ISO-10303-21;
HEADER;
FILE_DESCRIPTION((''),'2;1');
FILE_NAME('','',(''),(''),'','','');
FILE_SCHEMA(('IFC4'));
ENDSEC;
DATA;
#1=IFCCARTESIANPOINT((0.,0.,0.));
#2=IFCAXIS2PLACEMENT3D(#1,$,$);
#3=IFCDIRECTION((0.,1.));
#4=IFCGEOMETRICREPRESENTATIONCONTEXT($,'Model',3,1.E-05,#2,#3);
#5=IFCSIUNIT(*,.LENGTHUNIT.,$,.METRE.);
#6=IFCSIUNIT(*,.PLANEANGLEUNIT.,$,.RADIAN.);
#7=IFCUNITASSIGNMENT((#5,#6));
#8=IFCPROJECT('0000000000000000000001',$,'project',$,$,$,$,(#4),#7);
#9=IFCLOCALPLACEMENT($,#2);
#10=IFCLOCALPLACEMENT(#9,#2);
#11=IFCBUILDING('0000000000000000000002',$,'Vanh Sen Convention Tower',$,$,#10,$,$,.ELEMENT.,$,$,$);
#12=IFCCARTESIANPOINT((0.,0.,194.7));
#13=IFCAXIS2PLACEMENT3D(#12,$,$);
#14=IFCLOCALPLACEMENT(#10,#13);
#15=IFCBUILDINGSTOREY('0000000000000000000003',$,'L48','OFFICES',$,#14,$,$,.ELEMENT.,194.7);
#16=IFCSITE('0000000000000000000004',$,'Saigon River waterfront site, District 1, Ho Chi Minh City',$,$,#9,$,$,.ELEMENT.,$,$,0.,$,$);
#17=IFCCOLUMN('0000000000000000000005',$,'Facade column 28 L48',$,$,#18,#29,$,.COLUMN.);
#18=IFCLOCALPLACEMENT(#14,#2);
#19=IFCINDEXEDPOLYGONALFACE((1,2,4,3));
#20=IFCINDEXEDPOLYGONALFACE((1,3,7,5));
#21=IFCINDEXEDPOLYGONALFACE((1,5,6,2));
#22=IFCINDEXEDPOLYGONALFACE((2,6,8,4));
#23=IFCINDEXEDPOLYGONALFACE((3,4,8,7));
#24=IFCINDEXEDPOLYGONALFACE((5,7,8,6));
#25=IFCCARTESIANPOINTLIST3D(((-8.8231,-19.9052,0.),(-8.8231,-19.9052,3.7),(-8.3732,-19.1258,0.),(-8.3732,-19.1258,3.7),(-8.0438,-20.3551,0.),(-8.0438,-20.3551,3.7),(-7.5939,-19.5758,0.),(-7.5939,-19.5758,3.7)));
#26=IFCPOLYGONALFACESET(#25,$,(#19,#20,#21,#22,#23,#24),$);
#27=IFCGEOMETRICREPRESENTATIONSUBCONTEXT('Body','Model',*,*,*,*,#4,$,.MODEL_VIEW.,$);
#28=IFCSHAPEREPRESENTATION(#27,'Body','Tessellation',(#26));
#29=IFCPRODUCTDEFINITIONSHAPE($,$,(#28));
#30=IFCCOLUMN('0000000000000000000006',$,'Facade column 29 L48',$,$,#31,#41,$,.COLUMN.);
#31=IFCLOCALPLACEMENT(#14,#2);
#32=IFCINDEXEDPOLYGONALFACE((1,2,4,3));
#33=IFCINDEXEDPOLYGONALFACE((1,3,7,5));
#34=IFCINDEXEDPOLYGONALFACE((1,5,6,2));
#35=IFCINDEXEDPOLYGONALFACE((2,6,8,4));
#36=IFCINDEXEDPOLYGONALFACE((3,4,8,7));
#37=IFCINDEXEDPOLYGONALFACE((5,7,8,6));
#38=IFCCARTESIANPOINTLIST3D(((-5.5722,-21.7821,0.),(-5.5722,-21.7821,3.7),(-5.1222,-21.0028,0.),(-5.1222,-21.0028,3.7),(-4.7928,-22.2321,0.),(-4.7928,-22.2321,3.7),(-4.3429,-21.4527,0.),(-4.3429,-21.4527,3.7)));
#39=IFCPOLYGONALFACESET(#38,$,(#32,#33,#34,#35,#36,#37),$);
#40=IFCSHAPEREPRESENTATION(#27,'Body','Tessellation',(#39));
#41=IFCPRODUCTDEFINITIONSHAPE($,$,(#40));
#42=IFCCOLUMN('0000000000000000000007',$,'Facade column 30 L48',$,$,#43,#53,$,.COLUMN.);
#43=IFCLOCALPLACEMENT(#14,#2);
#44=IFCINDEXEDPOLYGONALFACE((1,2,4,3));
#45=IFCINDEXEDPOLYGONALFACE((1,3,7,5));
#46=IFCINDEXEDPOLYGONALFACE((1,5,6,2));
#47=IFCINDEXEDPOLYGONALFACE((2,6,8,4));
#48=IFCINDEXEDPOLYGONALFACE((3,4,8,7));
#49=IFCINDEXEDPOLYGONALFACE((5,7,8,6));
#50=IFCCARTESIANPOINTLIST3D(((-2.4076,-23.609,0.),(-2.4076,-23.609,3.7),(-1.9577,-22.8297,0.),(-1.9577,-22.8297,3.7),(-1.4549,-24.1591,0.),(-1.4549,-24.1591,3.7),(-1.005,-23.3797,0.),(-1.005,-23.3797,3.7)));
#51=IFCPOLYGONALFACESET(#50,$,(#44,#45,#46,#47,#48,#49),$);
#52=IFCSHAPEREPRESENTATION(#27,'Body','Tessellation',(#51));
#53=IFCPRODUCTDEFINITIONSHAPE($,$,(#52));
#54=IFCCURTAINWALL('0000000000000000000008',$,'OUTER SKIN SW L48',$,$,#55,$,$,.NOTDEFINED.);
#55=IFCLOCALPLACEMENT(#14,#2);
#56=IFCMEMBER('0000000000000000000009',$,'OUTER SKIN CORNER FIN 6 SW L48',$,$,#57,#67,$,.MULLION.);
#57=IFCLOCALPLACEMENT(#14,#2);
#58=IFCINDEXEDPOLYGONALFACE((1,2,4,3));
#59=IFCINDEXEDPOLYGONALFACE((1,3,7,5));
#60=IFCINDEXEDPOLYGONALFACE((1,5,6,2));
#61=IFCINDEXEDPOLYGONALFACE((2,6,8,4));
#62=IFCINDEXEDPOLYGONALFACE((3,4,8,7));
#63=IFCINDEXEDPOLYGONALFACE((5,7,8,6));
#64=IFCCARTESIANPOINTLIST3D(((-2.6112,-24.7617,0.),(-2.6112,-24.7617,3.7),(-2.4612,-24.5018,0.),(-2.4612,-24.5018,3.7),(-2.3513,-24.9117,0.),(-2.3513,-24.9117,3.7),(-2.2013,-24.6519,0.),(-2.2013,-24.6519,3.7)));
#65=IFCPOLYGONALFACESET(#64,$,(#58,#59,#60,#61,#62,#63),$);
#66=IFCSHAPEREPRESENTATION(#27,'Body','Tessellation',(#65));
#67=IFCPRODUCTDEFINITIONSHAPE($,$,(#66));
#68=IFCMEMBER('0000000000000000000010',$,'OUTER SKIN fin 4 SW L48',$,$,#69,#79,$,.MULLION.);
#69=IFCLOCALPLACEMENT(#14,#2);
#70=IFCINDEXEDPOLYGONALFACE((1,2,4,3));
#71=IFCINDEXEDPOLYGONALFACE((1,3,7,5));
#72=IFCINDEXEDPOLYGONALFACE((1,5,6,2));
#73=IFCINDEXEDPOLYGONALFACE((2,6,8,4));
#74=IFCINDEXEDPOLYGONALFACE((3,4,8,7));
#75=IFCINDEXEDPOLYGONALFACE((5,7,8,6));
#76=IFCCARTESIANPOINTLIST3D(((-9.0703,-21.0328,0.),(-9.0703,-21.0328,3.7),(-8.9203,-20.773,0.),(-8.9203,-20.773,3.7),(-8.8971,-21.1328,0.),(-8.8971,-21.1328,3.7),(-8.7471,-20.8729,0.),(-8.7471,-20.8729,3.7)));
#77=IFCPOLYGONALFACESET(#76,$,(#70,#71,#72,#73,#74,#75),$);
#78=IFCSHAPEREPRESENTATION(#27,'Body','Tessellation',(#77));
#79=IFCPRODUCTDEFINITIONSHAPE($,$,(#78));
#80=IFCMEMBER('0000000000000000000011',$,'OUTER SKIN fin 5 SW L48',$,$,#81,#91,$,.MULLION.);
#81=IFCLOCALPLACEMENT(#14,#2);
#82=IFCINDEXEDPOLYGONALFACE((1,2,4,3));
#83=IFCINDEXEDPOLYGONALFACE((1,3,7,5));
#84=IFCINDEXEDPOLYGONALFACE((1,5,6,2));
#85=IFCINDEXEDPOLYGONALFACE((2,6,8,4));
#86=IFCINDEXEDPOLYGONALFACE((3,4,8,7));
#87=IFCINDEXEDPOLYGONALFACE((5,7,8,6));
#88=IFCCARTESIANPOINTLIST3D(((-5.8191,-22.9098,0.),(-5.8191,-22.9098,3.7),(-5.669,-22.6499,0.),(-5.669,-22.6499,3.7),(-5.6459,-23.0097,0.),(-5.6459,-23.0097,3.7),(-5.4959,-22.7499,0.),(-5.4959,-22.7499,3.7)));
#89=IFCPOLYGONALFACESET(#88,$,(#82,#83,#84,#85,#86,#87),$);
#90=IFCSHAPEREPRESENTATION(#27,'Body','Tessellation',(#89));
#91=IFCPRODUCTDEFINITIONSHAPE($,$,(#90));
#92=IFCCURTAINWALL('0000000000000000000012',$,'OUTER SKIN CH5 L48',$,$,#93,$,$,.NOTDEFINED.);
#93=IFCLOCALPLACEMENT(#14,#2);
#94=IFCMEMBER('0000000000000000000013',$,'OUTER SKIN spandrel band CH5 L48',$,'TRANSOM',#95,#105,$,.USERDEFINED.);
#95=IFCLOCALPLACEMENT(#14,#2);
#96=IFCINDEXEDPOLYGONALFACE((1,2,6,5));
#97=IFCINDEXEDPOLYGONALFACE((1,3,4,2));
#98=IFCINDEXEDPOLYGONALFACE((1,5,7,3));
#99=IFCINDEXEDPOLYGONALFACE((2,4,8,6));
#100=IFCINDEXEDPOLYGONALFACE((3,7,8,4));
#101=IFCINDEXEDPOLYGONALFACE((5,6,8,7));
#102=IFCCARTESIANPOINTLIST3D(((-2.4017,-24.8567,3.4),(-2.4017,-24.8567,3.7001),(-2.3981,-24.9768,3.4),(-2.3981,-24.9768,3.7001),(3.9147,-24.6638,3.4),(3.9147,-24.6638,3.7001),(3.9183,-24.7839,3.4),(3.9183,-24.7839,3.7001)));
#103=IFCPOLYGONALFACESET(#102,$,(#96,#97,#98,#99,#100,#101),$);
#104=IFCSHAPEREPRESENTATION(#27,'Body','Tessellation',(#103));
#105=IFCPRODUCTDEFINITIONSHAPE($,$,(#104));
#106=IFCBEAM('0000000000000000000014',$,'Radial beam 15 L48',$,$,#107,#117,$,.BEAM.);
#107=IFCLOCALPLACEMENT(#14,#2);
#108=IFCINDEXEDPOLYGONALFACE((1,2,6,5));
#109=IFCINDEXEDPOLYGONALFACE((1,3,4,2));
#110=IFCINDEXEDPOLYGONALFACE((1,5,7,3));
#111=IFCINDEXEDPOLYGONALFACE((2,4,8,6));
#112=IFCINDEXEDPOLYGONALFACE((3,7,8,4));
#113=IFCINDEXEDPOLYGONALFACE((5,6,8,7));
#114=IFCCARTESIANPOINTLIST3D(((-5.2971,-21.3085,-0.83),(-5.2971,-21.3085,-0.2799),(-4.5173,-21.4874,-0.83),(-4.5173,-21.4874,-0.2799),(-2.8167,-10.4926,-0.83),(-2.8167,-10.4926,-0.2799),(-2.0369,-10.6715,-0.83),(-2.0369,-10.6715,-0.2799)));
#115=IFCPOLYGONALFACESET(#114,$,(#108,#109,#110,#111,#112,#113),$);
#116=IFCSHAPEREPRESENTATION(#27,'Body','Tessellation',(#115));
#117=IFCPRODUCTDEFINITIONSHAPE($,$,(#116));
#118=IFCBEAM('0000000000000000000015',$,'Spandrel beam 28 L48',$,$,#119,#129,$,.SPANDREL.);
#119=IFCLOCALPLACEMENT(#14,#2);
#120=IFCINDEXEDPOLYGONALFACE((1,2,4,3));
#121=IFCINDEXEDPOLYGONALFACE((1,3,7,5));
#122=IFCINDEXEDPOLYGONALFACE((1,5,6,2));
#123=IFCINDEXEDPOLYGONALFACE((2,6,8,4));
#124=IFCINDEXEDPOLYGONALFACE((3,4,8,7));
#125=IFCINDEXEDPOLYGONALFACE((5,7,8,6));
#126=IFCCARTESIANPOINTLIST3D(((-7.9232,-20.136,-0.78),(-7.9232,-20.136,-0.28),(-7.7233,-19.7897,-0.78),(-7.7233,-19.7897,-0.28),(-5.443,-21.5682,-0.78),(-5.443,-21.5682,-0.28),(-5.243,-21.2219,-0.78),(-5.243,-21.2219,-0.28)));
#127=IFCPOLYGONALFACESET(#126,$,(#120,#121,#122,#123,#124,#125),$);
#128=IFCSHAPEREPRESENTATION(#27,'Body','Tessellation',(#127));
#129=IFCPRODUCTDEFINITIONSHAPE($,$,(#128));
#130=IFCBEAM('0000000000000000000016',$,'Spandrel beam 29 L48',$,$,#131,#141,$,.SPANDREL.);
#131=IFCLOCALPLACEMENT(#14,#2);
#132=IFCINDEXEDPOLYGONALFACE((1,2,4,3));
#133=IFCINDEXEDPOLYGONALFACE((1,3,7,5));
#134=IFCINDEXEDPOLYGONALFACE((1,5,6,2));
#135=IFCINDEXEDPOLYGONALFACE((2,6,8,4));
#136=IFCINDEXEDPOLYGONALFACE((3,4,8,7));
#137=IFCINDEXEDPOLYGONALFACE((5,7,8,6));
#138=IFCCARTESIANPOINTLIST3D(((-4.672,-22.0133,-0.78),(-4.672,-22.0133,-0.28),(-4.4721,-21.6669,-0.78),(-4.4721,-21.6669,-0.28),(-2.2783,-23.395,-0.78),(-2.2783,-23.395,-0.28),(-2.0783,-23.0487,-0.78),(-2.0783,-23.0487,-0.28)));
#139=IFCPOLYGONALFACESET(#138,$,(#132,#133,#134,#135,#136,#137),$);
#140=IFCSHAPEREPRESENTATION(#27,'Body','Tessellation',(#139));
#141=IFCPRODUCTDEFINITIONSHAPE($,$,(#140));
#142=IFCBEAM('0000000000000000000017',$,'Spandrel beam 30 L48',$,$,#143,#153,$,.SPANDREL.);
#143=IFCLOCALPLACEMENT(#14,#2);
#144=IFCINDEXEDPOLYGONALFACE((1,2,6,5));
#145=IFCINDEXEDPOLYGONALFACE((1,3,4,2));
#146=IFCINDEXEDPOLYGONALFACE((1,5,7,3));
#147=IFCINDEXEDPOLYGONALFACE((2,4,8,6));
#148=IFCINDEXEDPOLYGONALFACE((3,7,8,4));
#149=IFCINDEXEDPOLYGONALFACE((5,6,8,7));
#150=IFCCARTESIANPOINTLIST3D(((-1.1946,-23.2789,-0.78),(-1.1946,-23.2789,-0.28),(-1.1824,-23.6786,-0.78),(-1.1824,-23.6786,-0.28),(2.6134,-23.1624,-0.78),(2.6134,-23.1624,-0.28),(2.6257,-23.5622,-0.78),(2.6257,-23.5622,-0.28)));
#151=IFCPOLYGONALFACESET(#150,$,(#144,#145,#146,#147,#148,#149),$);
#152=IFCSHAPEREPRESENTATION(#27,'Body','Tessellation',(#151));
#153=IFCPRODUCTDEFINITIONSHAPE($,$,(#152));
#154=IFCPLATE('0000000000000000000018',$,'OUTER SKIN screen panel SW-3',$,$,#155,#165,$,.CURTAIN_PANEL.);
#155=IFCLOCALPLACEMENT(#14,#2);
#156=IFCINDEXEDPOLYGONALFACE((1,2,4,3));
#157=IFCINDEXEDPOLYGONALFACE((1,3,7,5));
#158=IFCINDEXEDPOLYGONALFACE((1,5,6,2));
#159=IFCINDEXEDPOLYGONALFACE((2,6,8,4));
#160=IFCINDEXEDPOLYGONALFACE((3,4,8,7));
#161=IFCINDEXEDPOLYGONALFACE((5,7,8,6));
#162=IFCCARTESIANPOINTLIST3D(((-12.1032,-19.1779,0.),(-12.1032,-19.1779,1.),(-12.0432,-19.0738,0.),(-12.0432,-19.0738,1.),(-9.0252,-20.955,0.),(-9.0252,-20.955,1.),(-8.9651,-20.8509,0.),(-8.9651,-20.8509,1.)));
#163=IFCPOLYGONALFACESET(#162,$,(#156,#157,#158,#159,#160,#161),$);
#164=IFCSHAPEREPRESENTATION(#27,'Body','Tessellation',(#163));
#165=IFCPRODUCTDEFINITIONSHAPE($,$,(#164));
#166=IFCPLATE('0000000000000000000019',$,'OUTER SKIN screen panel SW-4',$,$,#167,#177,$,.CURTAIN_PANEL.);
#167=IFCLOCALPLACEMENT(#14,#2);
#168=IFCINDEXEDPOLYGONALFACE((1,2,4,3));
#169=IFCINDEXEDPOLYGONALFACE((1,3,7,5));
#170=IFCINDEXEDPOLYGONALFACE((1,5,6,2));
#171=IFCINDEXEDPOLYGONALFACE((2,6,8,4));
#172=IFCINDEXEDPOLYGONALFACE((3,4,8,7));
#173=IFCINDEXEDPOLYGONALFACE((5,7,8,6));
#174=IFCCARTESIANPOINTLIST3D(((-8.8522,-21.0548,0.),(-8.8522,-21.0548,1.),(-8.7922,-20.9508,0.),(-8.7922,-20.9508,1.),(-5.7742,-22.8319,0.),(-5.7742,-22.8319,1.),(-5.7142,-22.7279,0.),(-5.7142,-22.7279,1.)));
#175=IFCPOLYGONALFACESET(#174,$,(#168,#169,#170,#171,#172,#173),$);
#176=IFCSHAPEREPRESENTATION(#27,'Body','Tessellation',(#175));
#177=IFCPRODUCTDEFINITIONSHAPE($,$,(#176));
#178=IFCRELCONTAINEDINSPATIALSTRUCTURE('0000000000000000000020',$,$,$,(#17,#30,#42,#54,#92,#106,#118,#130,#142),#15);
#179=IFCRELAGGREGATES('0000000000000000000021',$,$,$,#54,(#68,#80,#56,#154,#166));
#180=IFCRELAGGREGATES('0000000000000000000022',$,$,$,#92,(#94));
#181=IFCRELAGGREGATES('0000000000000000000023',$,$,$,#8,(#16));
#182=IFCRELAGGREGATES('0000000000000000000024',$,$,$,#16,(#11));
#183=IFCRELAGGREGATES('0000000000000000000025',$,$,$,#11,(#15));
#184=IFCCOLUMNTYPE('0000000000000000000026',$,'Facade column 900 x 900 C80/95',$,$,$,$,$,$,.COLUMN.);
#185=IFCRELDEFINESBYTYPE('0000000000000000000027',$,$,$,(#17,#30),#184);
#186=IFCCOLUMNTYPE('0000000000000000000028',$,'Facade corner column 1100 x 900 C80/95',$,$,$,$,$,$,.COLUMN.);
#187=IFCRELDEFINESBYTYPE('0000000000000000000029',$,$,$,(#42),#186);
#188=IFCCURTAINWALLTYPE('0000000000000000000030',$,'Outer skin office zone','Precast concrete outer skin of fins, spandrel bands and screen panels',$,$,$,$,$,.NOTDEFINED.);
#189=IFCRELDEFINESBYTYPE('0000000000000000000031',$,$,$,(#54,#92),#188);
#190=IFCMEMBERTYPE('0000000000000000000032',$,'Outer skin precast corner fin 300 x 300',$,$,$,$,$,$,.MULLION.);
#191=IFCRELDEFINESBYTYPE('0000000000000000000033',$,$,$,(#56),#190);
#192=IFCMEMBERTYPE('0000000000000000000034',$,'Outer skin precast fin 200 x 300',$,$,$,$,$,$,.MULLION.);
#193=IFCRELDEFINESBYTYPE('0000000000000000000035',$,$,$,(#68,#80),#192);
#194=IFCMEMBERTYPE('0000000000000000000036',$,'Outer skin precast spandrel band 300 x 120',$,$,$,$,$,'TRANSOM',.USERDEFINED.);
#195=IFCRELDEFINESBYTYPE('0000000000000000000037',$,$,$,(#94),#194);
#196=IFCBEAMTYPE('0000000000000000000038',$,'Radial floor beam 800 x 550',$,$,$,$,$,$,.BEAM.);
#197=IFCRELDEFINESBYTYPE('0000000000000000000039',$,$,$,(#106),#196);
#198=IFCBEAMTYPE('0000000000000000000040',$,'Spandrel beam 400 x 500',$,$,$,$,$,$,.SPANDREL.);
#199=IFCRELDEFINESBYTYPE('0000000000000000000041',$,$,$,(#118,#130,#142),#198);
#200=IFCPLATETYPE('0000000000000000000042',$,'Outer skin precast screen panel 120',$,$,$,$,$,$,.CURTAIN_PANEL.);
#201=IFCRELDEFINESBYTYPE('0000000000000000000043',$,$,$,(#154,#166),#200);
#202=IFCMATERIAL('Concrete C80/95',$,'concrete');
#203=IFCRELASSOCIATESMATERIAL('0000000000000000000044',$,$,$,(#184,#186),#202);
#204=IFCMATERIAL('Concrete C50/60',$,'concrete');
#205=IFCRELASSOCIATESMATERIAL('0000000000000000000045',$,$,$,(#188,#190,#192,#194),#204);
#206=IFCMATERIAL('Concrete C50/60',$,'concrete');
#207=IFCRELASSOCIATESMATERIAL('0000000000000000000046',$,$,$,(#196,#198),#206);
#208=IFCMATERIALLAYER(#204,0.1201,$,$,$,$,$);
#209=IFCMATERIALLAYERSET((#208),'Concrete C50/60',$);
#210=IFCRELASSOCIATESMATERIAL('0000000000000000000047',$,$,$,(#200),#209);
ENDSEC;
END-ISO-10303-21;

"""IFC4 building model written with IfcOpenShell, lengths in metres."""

from ifc_helpers import new_model, si_unit, direction, frame, origin, origin_2d, place, context, subcontext, project, spatial, rectangle, extrude, material, layer, layer_set, material_profile, profile_set, type_object, element, aggregate, save


model = new_model("IFC4")

# Units and contexts
model_context = context("Model", 3, precision=1e-05, world=origin(), true_north=direction((0.0, 1.0)))
body_context = subcontext(model_context, "Body", "Model", "MODEL_VIEW")
ifc_project = project(units=[si_unit("LENGTHUNIT", "METRE"), si_unit("PLANEANGLEUNIT", "RADIAN")], contexts=[model_context])

# Site, building, storey
site_placement = place(None, origin())
site = spatial("IfcSite", under=ifc_project, at=site_placement, Name="Saigon River waterfront site, District 1, Ho Chi Minh City", CompositionType="ELEMENT", RefElevation=0.0)
building_placement = place(site_placement, origin())
building = spatial("IfcBuilding", under=site, at=building_placement, Name="Vanh Sen Convention Tower", CompositionType="ELEMENT")
storey_placement = place(building_placement, frame((0.0, 0.0, 194.7)))
storey = spatial("IfcBuildingStorey", under=building, at=storey_placement, Name="L48", Description="OFFICES", CompositionType="ELEMENT", Elevation=194.7)

# Columns
ifc_material_1 = material(Name="Concrete C80/95", Category="concrete")
ifc_material_profile_1 = material_profile(ifc_material_1, rectangle(XDim=0.8999, YDim=0.8999, at=origin_2d()), Name="RC 900X900")
ifc_profile_set_1 = profile_set([ifc_material_profile_1], Name="Concrete C80/95")
column_type_1 = type_object("IfcColumnType", Name="Facade column 900 x 900 C80/95", PredefinedType="COLUMN", material=ifc_profile_set_1)
for number, where, z_axis, x_axis, name in (
    (1, (-8.2085, -19.7405, 0.0), (0.0, 0.0, 1.0), (0.866025, -0.5, 0.0), "Facade column 28 L48"),
    (2, (-4.9575, -21.6174, 0.0), (0.0, 0.0, 1.0), (0.866025, -0.5, 0.0), "Facade column 29 L48"),
):
    element("IfcColumn", number, at=place(storey_placement, frame(where, z_axis=z_axis, x_axis=x_axis)), inside=storey, type_object=column_type_1, Name=name, PredefinedType="COLUMN", context=body_context, shape_type="SweptSolid", body=[
        extrude(rectangle(XDim=0.8999, YDim=0.8999, at=origin_2d()), origin(), (0.0, 0.0, 1.0), 3.7),
    ])
ifc_material_profile_2 = material_profile(ifc_material_1, rectangle(XDim=1.1001, YDim=0.8999, at=origin_2d()), Name="RC 1100X900")
ifc_profile_set_2 = profile_set([ifc_material_profile_2], Name="Concrete C80/95")
column_type_2 = type_object("IfcColumnType", Name="Facade corner column 1100 x 900 C80/95", PredefinedType="COLUMN", material=ifc_profile_set_2)
column_placement = place(storey_placement, frame((-1.7063, -23.4944, 0.0), z_axis=(0.0, 0.0, 1.0), x_axis=(0.866025, -0.5, 0.0)))
element("IfcColumn", 3, at=column_placement, inside=storey, type_object=column_type_2, Name="Facade column 30 L48", PredefinedType="COLUMN", context=body_context, shape_type="SweptSolid", body=[
    extrude(rectangle(XDim=1.1001, YDim=0.8999, at=origin_2d()), origin(), (0.0, 0.0, 1.0), 3.7),
])

# Curtain wall, members
ifc_material_2 = material(Name="Concrete C50/60", Category="concrete")
curtain_wall_type = type_object("IfcCurtainWallType", Name="Outer skin office zone", Description="Precast concrete outer skin of fins, spandrel bands and screen panels", PredefinedType="NOTDEFINED", material=ifc_material_2)
curtain_wall_1_placement = place(storey_placement, origin())
curtain_wall_1 = element("IfcCurtainWall", 4, at=curtain_wall_1_placement, inside=storey, type_object=curtain_wall_type, Name="OUTER SKIN SW L48", PredefinedType="NOTDEFINED")
ifc_material_profile_3 = material_profile(ifc_material_2, rectangle(XDim=0.3, YDim=0.3, at=origin_2d()), Name="Outer skin precast corner fin 300 x 300")
ifc_profile_set_3 = profile_set([ifc_material_profile_3], Name="Concrete C50/60")
member_type_1 = type_object("IfcMemberType", Name="Outer skin precast corner fin 300 x 300", PredefinedType="MULLION", material=ifc_profile_set_3)
member_1_placement = place(storey_placement, frame((-2.4062, -24.7068, 0.0), z_axis=(0.0, 0.0, 1.0), x_axis=(0.866025, -0.5, 0.0)))
member_1 = element("IfcMember", 5, at=member_1_placement, type_object=member_type_1, Name="OUTER SKIN CORNER FIN 6 SW L48", PredefinedType="MULLION", context=body_context, shape_type="SweptSolid", body=[
    extrude(rectangle(XDim=0.3, YDim=0.3, at=origin_2d()), origin(), (0.0, 0.0, 1.0), 3.7),
])
ifc_material_profile_4 = material_profile(ifc_material_2, rectangle(XDim=0.2, YDim=0.3, at=origin_2d()), Name="Outer skin precast fin 200 x 300")
ifc_profile_set_4 = profile_set([ifc_material_profile_4], Name="Concrete C50/60")
member_type_2 = type_object("IfcMemberType", Name="Outer skin precast fin 200 x 300", PredefinedType="MULLION", material=ifc_profile_set_4)
member_2_placement = place(storey_placement, frame((-8.9087, -20.9529, 0.0), z_axis=(0.0, 0.0, 1.0), x_axis=(0.866025, -0.5, 0.0)))
member_2 = element("IfcMember", 6, at=member_2_placement, type_object=member_type_2, Name="OUTER SKIN fin 4 SW L48", PredefinedType="MULLION", context=body_context, shape_type="SweptSolid", body=[
    extrude(rectangle(XDim=0.2, YDim=0.3, at=origin_2d()), origin(), (0.0, 0.0, 1.0), 3.7),
])
member_3_placement = place(storey_placement, frame((-5.6575, -22.8298, 0.0), z_axis=(0.0, 0.0, 1.0), x_axis=(0.866025, -0.5, 0.0)))
member_3 = element("IfcMember", 7, at=member_3_placement, type_object=member_type_2, Name="OUTER SKIN fin 5 SW L48", PredefinedType="MULLION", context=body_context, shape_type="SweptSolid", body=[
    extrude(rectangle(XDim=0.2, YDim=0.3, at=origin_2d()), origin(), (0.0, 0.0, 1.0), 3.7),
])

# Curtain wall, member
curtain_wall_2_placement = place(storey_placement, origin())
curtain_wall_2 = element("IfcCurtainWall", 8, at=curtain_wall_2_placement, inside=storey, type_object=curtain_wall_type, Name="OUTER SKIN CH5 L48", PredefinedType="NOTDEFINED")
ifc_material_profile_5 = material_profile(ifc_material_2, rectangle(XDim=0.1201, YDim=0.3, at=origin_2d()), Name="Outer skin precast spandrel band 300 x 120")
ifc_profile_set_5 = profile_set([ifc_material_profile_5], Name="Concrete C50/60")
member_type_3 = type_object("IfcMemberType", Name="Outer skin precast spandrel band 300 x 120", ElementType="TRANSOM", PredefinedType="USERDEFINED", material=ifc_profile_set_5)
member_4_placement = place(storey_placement, frame((-2.3999, -24.9167, 3.55), z_axis=(0.999534, 0.030521, 0.0), x_axis=(-0.030521, 0.999534, 0.0)))
member_4 = element("IfcMember", 9, at=member_4_placement, type_object=member_type_3, Name="OUTER SKIN spandrel band CH5 L48", ObjectType="TRANSOM", PredefinedType="USERDEFINED", context=body_context, shape_type="SweptSolid", body=[
    extrude(rectangle(XDim=0.1201, YDim=0.3, at=origin_2d()), origin(), (0.0, 0.0, 1.0), 6.3193),
])

# Beams
ifc_material_3 = material(Name="Concrete C50/60", Category="concrete")
ifc_material_profile_6 = material_profile(ifc_material_3, rectangle(XDim=0.8, YDim=0.55, at=origin_2d()), Name="RC 800X550")
ifc_profile_set_6 = profile_set([ifc_material_profile_6], Name="Concrete C50/60")
beam_type_1 = type_object("IfcBeamType", Name="Radial floor beam 800 x 550", PredefinedType="BEAM", material=ifc_profile_set_6)
beam_1_placement = place(storey_placement, frame((-4.9072, -21.3979, -0.5549), z_axis=(0.223532, 0.974697, 0.0), x_axis=(-0.974697, 0.223532, 0.0)))
element("IfcBeam", 10, at=beam_1_placement, inside=storey, type_object=beam_type_1, Name="Radial beam 15 L48", PredefinedType="BEAM", context=body_context, shape_type="SweptSolid", body=[
    extrude(rectangle(XDim=0.8, YDim=0.55, at=origin_2d()), origin(), (0.0, 0.0, 1.0), 11.0967),
])
ifc_material_profile_7 = material_profile(ifc_material_3, rectangle(XDim=0.3999, YDim=0.5, at=origin_2d()), Name="RC 400X500")
ifc_profile_set_7 = profile_set([ifc_material_profile_7], Name="Concrete C50/60")
beam_type_2 = type_object("IfcBeamType", Name="Spandrel beam 400 x 500", PredefinedType="SPANDREL", material=ifc_profile_set_7)
beam_2_placement = place(storey_placement, frame((-7.8232, -19.9629, -0.53), z_axis=(0.866, -0.500045, 0.0), x_axis=(0.500045, 0.866, 0.0)))
element("IfcBeam", 11, at=beam_2_placement, inside=storey, type_object=beam_type_2, Name="Spandrel beam 28 L48", PredefinedType="SPANDREL", context=body_context, shape_type="SweptSolid", body=[
    extrude(rectangle(XDim=0.3999, YDim=0.5, at=origin_2d()), origin(), (0.0, 0.0, 1.0), 2.864),
])
beam_3_placement = place(storey_placement, frame((-4.572, -21.8401, -0.53), z_axis=(0.866061, -0.499939, 0.0), x_axis=(0.499939, 0.866061, 0.0)))
element("IfcBeam", 12, at=beam_3_placement, inside=storey, type_object=beam_type_2, Name="Spandrel beam 29 L48", PredefinedType="SPANDREL", context=body_context, shape_type="SweptSolid", body=[
    extrude(rectangle(XDim=0.3999, YDim=0.5, at=origin_2d()), origin(), (0.0, 0.0, 1.0), 2.7639),
])
beam_4_placement = place(storey_placement, frame((-1.1885, -23.4788, -0.53), z_axis=(0.999533, 0.030567, 0.0), x_axis=(-0.030567, 0.999533, 0.0)))
element("IfcBeam", 13, at=beam_4_placement, inside=storey, type_object=beam_type_2, Name="Spandrel beam 30 L48", PredefinedType="SPANDREL", context=body_context, shape_type="SweptSolid", body=[
    extrude(rectangle(XDim=0.3999, YDim=0.5, at=origin_2d()), origin(), (0.0, 0.0, 1.0), 3.8098),
])

# Plates
ifc_layer_1 = layer(ifc_material_2, 0.1201)
ifc_layer_set_1 = layer_set([ifc_layer_1], Name="Concrete C50/60")
plate_type = type_object("IfcPlateType", Name="Outer skin precast screen panel 120", PredefinedType="CURTAIN_PANEL", material=ifc_layer_set_1)
plate_1_placement = place(storey_placement, frame((-10.5342, -20.0144, 0.0), z_axis=(0.0, 0.0, 1.0), x_axis=(0.866024, -0.500003, 0.0)))
plate_1 = element("IfcPlate", 14, at=plate_1_placement, type_object=plate_type, Name="OUTER SKIN screen panel SW-3", PredefinedType="CURTAIN_PANEL", context=body_context, shape_type="SweptSolid", body=[
    extrude(rectangle(XDim=3.5542, YDim=0.1201, at=origin_2d()), origin(), (0.0, 0.0, 1.0), 1.0),
])
plate_2_placement = place(storey_placement, frame((-7.2832, -21.8914, 0.0), z_axis=(0.0, 0.0, 1.0), x_axis=(0.866017, -0.500015, 0.0)))
plate_2 = element("IfcPlate", 15, at=plate_2_placement, type_object=plate_type, Name="OUTER SKIN screen panel SW-4", PredefinedType="CURTAIN_PANEL", context=body_context, shape_type="SweptSolid", body=[
    extrude(rectangle(XDim=3.5542, YDim=0.1201, at=origin_2d()), origin(), (0.0, 0.0, 1.0), 1.0),
])
aggregate(curtain_wall_1, [member_2, member_3, member_1, plate_1, plate_2])
aggregate(curtain_wall_2, [member_4])

save(model, "model.ifc")
